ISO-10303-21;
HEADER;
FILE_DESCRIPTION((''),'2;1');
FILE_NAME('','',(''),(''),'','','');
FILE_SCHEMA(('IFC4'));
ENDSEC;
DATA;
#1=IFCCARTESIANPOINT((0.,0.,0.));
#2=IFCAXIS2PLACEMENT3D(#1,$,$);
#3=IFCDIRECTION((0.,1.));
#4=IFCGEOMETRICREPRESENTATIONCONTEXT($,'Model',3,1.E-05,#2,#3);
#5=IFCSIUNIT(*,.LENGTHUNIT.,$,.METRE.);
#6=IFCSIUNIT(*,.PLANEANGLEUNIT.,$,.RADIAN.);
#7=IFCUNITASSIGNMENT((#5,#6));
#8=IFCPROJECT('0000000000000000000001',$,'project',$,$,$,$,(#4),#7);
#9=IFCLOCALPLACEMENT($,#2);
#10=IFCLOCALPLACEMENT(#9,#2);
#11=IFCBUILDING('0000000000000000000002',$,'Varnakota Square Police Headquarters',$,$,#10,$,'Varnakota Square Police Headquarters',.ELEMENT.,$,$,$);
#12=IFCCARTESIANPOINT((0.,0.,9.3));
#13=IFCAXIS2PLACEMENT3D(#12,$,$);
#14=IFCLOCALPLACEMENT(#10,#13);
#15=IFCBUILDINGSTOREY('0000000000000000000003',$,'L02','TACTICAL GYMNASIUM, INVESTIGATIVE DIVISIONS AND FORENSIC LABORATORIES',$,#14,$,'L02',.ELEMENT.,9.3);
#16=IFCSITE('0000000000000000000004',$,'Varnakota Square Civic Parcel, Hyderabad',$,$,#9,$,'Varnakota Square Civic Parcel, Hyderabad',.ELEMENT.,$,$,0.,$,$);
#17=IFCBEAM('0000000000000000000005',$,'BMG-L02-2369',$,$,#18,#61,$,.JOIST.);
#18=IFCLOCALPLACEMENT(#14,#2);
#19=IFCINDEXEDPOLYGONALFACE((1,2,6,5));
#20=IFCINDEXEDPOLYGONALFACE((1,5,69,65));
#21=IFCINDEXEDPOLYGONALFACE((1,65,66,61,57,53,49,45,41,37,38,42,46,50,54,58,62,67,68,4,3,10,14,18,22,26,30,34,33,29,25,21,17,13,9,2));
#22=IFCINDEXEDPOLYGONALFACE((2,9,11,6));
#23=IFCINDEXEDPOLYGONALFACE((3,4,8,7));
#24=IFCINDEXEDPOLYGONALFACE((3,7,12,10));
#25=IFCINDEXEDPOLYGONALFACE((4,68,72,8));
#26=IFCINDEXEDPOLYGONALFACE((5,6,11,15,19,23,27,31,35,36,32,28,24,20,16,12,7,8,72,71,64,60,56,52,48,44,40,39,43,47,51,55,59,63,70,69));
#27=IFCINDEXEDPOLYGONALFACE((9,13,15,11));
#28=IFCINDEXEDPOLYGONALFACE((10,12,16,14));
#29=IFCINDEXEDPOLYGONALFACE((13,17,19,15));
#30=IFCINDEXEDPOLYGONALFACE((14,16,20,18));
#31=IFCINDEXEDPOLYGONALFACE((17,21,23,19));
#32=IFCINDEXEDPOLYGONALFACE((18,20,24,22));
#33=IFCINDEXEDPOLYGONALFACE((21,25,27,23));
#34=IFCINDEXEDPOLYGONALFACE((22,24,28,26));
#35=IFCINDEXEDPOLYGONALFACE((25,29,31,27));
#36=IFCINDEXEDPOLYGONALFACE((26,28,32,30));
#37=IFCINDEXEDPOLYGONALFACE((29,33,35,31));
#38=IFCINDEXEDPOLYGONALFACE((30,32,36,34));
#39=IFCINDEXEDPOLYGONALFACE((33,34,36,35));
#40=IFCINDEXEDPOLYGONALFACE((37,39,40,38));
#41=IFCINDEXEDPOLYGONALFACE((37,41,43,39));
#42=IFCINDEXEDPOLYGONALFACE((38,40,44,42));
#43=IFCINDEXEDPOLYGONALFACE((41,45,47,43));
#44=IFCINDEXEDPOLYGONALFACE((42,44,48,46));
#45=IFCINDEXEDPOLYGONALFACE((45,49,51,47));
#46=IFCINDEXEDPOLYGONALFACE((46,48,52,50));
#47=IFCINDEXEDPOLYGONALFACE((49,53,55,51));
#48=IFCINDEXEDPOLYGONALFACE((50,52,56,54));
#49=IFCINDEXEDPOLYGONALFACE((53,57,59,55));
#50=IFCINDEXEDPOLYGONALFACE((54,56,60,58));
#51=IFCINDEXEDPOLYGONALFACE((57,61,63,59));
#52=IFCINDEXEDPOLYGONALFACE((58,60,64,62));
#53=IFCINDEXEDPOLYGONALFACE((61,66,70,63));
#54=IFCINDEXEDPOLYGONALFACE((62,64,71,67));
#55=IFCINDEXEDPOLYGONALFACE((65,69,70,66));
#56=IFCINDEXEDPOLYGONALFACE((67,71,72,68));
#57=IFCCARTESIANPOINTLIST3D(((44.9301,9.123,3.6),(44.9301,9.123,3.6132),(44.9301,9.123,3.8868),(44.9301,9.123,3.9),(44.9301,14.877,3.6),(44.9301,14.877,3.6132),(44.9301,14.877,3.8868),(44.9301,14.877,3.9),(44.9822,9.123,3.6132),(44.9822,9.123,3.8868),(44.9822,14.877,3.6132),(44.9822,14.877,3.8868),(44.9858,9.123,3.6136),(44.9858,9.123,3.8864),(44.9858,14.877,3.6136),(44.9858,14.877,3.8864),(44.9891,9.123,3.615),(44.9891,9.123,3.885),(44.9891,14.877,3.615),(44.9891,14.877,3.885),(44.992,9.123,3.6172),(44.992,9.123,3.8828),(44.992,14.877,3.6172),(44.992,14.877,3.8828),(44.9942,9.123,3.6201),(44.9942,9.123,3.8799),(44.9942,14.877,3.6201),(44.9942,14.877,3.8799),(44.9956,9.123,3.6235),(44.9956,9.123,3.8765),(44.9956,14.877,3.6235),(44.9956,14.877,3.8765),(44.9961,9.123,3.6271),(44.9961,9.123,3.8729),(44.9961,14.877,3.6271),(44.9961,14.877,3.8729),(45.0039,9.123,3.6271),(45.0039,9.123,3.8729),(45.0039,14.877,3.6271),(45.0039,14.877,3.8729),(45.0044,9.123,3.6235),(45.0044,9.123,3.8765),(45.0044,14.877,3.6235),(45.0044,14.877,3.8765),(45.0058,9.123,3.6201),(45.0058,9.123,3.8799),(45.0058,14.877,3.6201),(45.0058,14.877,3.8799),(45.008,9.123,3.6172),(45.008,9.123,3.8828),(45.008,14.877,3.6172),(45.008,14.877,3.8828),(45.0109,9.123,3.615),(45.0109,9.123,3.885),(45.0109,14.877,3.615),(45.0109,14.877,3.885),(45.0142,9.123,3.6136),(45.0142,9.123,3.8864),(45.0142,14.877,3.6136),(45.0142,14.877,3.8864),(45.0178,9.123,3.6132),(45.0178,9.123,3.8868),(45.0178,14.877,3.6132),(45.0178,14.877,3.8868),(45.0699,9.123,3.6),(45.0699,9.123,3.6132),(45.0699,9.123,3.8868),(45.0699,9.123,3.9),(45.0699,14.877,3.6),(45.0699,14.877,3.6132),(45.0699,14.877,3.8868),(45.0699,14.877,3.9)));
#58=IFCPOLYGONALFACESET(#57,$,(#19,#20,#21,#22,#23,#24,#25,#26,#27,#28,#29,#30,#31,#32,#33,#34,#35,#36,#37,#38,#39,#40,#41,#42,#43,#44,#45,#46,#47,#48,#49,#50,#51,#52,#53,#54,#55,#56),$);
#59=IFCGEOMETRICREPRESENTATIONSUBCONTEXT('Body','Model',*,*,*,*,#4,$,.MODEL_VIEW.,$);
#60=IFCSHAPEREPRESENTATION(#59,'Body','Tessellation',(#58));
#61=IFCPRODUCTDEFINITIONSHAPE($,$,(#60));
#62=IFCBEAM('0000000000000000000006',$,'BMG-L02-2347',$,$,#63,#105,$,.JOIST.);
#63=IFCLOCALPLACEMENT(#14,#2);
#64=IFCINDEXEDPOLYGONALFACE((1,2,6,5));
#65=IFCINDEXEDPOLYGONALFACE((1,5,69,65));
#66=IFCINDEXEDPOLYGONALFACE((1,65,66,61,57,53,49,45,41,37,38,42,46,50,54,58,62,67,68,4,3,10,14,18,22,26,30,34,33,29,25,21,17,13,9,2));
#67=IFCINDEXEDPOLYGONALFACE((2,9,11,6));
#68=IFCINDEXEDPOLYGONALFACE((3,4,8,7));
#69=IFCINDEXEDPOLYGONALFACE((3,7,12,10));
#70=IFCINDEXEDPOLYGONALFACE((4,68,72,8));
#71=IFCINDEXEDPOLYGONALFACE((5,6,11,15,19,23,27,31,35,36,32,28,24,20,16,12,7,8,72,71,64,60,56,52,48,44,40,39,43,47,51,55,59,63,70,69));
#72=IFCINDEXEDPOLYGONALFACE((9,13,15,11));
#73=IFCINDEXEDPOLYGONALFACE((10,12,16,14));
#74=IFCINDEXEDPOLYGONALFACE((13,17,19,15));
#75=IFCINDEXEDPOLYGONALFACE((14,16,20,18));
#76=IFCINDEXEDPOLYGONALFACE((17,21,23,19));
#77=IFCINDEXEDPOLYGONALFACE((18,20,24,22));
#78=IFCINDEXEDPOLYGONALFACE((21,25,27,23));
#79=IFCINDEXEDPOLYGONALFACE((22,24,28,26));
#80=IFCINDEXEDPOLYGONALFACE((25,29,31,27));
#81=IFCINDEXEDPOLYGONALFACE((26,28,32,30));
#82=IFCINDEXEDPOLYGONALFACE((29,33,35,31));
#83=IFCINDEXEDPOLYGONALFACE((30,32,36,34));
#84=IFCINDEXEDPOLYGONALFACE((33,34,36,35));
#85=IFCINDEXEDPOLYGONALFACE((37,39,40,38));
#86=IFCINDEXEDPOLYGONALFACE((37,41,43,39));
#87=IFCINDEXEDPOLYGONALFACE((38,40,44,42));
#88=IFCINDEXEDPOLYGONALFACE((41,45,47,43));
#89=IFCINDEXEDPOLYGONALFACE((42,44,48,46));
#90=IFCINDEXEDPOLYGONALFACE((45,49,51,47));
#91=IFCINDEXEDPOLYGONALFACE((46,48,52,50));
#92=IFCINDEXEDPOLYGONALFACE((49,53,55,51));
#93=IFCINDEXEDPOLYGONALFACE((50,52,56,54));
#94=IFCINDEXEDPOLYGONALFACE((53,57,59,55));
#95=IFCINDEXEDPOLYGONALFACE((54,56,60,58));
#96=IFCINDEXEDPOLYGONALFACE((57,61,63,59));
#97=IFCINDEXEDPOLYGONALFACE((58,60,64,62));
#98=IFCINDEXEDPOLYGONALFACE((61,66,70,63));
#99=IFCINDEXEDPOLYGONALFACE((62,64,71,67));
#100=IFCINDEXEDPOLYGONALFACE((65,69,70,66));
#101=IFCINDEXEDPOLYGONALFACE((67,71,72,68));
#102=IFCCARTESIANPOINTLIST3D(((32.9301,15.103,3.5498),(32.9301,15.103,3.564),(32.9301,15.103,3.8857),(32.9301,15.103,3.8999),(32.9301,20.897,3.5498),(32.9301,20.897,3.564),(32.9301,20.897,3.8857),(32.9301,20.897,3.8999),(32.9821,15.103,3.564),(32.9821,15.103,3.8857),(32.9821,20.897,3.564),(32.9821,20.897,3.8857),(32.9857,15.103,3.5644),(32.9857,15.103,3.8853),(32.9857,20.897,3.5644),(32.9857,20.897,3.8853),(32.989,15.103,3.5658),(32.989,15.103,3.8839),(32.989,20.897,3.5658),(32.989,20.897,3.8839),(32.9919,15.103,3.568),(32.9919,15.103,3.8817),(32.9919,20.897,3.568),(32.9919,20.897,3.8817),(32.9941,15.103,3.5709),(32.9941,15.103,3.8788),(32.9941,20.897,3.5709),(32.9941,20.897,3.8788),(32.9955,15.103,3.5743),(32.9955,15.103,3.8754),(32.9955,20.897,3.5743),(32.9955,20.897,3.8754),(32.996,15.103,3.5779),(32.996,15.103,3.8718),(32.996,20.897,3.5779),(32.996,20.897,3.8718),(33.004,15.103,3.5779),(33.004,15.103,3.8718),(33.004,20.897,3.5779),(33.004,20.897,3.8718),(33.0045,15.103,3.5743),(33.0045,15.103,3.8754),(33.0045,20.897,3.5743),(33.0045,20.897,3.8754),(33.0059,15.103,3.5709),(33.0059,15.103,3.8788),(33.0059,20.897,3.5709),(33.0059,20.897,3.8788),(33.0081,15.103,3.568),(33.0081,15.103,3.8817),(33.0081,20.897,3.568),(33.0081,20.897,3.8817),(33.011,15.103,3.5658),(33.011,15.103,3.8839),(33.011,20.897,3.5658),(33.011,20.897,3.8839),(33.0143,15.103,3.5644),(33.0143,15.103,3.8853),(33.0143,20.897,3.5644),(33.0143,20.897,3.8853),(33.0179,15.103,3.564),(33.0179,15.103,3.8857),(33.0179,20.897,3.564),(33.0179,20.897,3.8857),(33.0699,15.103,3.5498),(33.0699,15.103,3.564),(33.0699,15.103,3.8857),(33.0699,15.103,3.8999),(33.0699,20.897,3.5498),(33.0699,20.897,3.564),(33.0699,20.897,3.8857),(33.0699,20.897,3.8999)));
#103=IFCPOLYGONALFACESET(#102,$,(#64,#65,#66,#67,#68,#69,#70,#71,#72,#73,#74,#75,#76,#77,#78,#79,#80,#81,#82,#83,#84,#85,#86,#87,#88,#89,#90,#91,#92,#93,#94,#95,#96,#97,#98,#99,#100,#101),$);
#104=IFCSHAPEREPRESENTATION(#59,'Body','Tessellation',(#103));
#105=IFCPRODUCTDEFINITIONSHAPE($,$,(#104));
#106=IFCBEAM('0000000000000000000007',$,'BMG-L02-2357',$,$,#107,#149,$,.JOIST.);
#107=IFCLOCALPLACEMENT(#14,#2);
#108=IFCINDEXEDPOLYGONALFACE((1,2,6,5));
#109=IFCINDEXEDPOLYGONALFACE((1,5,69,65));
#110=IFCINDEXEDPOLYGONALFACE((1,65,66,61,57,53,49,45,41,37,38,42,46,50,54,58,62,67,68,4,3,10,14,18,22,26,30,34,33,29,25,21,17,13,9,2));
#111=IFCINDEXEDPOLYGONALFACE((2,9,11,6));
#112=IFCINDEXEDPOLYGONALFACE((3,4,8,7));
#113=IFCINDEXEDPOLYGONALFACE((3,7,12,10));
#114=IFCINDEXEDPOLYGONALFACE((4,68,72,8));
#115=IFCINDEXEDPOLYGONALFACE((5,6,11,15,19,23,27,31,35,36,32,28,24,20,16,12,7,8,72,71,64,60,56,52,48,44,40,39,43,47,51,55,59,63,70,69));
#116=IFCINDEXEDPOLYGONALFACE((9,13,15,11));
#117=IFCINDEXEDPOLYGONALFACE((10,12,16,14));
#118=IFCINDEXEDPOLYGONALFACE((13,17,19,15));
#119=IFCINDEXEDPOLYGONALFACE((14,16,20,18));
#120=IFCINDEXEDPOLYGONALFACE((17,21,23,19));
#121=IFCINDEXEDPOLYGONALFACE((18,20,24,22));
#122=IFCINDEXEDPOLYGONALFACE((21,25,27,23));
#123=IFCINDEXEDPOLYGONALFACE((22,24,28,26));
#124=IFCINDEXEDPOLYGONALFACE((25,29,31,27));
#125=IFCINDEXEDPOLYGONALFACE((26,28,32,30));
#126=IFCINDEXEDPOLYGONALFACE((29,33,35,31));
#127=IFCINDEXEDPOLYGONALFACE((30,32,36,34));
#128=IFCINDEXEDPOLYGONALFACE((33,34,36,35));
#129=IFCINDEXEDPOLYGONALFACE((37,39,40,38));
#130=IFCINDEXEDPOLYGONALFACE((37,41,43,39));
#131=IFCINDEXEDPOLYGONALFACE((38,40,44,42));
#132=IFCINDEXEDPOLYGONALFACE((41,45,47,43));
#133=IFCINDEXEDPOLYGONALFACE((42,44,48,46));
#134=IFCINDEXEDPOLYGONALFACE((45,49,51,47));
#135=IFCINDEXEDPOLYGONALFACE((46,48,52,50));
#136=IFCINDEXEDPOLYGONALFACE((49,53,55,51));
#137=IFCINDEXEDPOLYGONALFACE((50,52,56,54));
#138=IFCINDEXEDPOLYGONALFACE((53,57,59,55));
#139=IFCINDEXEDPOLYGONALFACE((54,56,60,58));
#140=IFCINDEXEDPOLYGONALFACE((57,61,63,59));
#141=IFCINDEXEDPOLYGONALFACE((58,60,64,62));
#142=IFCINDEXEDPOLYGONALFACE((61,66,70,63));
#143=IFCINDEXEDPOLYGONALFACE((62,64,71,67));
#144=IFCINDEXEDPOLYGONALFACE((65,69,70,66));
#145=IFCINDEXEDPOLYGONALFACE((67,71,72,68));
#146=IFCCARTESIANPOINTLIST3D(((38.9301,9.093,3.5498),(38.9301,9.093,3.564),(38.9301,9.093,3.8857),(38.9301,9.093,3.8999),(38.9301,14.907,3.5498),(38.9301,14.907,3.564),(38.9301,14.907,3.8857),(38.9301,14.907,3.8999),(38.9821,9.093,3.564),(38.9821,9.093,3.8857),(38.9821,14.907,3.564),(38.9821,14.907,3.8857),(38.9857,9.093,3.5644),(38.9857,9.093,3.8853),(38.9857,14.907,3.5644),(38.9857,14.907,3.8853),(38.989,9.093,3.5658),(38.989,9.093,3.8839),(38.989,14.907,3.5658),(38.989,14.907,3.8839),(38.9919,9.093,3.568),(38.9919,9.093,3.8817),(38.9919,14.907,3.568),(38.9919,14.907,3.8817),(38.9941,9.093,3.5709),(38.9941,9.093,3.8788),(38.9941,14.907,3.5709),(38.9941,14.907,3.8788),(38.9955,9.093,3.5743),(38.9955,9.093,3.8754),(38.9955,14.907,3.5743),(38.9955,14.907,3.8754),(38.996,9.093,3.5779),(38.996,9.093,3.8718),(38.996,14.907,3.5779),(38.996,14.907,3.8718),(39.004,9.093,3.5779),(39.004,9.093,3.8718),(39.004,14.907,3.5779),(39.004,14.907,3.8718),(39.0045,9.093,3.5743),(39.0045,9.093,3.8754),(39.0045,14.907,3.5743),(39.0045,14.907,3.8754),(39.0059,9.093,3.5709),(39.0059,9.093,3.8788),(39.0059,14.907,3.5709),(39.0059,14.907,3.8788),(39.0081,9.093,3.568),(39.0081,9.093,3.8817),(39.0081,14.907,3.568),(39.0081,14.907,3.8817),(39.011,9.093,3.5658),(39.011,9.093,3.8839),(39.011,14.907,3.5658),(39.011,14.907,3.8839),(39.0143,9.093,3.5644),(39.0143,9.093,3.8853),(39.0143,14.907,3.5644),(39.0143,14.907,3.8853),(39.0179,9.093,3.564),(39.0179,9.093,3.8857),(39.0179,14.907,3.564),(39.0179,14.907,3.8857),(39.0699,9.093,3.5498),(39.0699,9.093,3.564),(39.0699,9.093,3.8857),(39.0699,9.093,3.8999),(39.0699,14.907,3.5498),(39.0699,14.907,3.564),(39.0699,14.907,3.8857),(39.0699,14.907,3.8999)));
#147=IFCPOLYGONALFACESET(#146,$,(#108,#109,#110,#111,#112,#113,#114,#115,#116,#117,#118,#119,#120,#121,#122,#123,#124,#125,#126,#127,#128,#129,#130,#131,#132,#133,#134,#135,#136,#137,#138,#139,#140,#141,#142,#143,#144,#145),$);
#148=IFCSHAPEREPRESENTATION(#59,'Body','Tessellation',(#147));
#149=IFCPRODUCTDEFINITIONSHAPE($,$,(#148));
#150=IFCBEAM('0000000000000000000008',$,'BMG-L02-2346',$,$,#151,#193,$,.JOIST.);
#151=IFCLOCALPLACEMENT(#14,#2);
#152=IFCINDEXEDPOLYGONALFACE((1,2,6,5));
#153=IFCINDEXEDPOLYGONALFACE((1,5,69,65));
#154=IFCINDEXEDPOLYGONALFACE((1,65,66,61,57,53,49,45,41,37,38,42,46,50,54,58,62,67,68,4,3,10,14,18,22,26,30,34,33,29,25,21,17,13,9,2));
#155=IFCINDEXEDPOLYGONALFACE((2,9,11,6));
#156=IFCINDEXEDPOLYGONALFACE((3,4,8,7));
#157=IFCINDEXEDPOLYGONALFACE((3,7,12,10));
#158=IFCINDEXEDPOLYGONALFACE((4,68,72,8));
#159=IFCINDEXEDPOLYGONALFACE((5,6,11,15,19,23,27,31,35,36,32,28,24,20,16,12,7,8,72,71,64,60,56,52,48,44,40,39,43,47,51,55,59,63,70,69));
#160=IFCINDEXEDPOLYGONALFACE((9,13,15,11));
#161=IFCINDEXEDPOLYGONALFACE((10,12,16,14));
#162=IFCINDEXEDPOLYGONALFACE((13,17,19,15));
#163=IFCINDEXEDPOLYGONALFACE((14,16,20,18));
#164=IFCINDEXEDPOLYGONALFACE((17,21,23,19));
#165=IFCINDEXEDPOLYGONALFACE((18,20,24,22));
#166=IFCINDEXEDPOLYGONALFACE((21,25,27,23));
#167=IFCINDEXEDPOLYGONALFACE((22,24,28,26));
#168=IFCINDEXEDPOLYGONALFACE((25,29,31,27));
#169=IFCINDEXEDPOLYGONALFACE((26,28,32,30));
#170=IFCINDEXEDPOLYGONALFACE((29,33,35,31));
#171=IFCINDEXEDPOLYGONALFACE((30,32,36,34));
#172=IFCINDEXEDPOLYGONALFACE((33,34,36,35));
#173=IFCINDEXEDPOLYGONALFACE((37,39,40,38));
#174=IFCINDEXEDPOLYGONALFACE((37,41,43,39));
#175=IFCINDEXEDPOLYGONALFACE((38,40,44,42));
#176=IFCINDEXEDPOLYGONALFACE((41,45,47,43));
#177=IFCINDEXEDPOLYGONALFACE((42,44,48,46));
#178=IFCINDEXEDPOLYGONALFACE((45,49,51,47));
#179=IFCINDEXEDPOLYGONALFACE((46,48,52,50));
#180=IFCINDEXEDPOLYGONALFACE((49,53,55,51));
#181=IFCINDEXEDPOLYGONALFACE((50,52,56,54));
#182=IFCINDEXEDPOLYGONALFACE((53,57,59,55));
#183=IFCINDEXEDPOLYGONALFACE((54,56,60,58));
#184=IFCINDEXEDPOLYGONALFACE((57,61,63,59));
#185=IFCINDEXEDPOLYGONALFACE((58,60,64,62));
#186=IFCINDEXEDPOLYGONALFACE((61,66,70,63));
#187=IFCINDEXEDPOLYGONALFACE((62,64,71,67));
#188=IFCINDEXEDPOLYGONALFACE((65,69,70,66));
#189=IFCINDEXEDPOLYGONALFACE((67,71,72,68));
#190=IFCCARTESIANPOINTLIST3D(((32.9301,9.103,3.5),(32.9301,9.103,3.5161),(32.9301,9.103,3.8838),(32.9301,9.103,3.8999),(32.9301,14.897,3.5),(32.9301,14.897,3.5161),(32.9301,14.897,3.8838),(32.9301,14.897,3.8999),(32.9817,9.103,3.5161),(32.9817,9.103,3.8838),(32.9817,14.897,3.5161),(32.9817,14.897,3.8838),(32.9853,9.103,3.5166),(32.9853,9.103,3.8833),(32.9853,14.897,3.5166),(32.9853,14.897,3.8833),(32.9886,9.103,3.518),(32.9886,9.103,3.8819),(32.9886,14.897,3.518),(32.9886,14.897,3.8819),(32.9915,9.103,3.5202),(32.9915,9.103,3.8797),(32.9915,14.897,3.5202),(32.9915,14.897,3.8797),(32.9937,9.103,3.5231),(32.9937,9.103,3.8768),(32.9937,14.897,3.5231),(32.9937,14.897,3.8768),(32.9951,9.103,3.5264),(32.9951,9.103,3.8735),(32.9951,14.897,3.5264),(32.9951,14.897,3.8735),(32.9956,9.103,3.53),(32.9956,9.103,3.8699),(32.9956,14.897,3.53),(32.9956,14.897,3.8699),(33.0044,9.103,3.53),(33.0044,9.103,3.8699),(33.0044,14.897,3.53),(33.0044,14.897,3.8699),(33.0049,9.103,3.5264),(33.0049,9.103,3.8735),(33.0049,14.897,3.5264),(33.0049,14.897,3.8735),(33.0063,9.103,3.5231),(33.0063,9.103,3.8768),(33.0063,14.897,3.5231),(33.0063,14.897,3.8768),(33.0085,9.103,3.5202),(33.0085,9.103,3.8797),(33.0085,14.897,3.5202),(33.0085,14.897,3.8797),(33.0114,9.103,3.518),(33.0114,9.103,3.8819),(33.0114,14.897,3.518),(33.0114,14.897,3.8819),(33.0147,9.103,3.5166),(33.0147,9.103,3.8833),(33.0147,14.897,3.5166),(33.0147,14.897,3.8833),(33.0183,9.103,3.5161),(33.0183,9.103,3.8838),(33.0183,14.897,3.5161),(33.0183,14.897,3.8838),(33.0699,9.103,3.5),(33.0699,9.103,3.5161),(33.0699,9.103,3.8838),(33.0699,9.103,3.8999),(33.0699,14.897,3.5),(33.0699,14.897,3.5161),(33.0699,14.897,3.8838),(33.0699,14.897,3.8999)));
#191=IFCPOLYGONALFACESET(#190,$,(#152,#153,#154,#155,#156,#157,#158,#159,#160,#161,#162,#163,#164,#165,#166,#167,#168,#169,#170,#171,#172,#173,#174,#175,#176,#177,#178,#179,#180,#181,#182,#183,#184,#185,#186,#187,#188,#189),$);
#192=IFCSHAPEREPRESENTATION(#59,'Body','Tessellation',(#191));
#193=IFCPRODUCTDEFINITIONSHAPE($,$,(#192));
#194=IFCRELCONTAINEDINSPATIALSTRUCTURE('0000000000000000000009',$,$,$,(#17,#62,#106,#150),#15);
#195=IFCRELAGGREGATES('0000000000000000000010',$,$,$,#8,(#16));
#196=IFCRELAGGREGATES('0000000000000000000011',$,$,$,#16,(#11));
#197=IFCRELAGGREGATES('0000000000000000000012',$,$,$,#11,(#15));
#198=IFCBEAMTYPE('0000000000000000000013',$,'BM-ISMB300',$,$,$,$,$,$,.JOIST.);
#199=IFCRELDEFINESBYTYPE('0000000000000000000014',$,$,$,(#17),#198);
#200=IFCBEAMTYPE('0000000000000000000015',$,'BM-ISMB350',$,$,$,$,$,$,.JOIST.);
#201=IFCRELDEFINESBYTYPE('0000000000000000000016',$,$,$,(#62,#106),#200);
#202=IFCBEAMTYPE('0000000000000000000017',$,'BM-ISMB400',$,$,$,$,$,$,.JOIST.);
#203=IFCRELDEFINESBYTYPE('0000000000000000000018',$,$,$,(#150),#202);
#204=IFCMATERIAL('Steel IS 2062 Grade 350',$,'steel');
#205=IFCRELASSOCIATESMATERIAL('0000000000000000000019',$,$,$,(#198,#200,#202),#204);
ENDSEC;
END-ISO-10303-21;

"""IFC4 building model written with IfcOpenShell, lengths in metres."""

from ifc_helpers import new_model, si_unit, direction, frame, origin, origin_2d, place, context, subcontext, project, spatial, i_section, extrude, material, material_profile, profile_set, type_object, element, save


model = new_model("IFC4")

# Units and contexts
model_context = context("Model", 3, precision=1e-05, world=origin(), true_north=direction((0.0, 1.0)))
body_context = subcontext(model_context, "Body", "Model", "MODEL_VIEW")
ifc_project = project(units=[si_unit("LENGTHUNIT", "METRE"), si_unit("PLANEANGLEUNIT", "RADIAN")], contexts=[model_context])

# Site, building, storey
site_placement = place(None, origin())
site = spatial("IfcSite", under=ifc_project, at=site_placement, Name="Varnakota Square Civic Parcel, Hyderabad", LongName="Varnakota Square Civic Parcel, Hyderabad", CompositionType="ELEMENT", RefElevation=0.0)
building_placement = place(site_placement, origin())
building = spatial("IfcBuilding", under=site, at=building_placement, Name="Varnakota Square Police Headquarters", LongName="Varnakota Square Police Headquarters", CompositionType="ELEMENT")
storey_placement = place(building_placement, frame((0.0, 0.0, 9.3)))
storey = spatial("IfcBuildingStorey", under=building, at=storey_placement, Name="L02", Description="TACTICAL GYMNASIUM, INVESTIGATIVE DIVISIONS AND FORENSIC LABORATORIES", LongName="L02", CompositionType="ELEMENT", Elevation=9.3)

# Shared definitions
ifc_material_1 = material(Name="Steel IS 2062 Grade 350", Category="steel")

# Beams
ifc_material_profile_1 = material_profile(ifc_material_1, i_section(OverallWidth=0.1399, OverallDepth=0.3, WebThickness=0.0078, FlangeThickness=0.0132, FilletRadius=0.0139, at=origin_2d()), Name="ISMB 300")
ifc_profile_set_1 = profile_set([ifc_material_profile_1], Name="Steel IS 2062 Grade 350")
beam_type_1 = type_object("IfcBeamType", Name="BM-ISMB300", PredefinedType="JOIST", material=ifc_profile_set_1)
beam_1_placement = place(storey_placement, frame((45.0, 9.123, 3.75), z_axis=(0.0, 1.0, 0.0), x_axis=(-1.0, 0.0, 0.0)))
element("IfcBeam", 1, at=beam_1_placement, inside=storey, type_object=beam_type_1, Name="BMG-L02-2369", PredefinedType="JOIST", context=body_context, shape_type="SweptSolid", body=[
    extrude(i_section(OverallWidth=0.1399, OverallDepth=0.3, WebThickness=0.0078, FlangeThickness=0.0132, FilletRadius=0.0139, at=origin_2d()), origin(), (0.0, 0.0, 1.0), 5.7539),
])
ifc_material_profile_2 = material_profile(ifc_material_1, i_section(OverallWidth=0.1399, OverallDepth=0.3501, WebThickness=0.0081, FlangeThickness=0.0142, FilletRadius=0.0139, at=origin_2d()), Name="ISMB 350")
ifc_profile_set_2 = profile_set([ifc_material_profile_2], Name="Steel IS 2062 Grade 350")
beam_type_2 = type_object("IfcBeamType", Name="BM-ISMB350", PredefinedType="JOIST", material=ifc_profile_set_2)
beam_2_placement = place(storey_placement, frame((33.0, 15.103, 3.7249), z_axis=(0.0, 1.0, 0.0), x_axis=(-1.0, 0.0, 0.0)))
element("IfcBeam", 2, at=beam_2_placement, inside=storey, type_object=beam_type_2, Name="BMG-L02-2347", PredefinedType="JOIST", context=body_context, shape_type="SweptSolid", body=[
    extrude(i_section(OverallWidth=0.1399, OverallDepth=0.3501, WebThickness=0.0081, FlangeThickness=0.0142, FilletRadius=0.0139, at=origin_2d()), origin(), (0.0, 0.0, 1.0), 5.7939),
])
beam_3_placement = place(storey_placement, frame((39.0, 9.093, 3.7249), z_axis=(0.0, 1.0, 0.0), x_axis=(-1.0, 0.0, 0.0)))
element("IfcBeam", 3, at=beam_3_placement, inside=storey, type_object=beam_type_2, Name="BMG-L02-2357", PredefinedType="JOIST", context=body_context, shape_type="SweptSolid", body=[
    extrude(i_section(OverallWidth=0.1399, OverallDepth=0.3501, WebThickness=0.0081, FlangeThickness=0.0142, FilletRadius=0.0139, at=origin_2d()), origin(), (0.0, 0.0, 1.0), 5.814),
])
ifc_material_profile_3 = material_profile(ifc_material_1, i_section(OverallWidth=0.1399, OverallDepth=0.3999, WebThickness=0.0088, FlangeThickness=0.0161, FilletRadius=0.0139, at=origin_2d()), Name="ISMB 400")
ifc_profile_set_3 = profile_set([ifc_material_profile_3], Name="Steel IS 2062 Grade 350")
beam_type_3 = type_object("IfcBeamType", Name="BM-ISMB400", PredefinedType="JOIST", material=ifc_profile_set_3)
beam_4_placement = place(storey_placement, frame((33.0, 9.103, 3.7), z_axis=(0.0, 1.0, 0.0), x_axis=(-1.0, 0.0, 0.0)))
element("IfcBeam", 4, at=beam_4_placement, inside=storey, type_object=beam_type_3, Name="BMG-L02-2346", PredefinedType="JOIST", context=body_context, shape_type="SweptSolid", body=[
    extrude(i_section(OverallWidth=0.1399, OverallDepth=0.3999, WebThickness=0.0088, FlangeThickness=0.0161, FilletRadius=0.0139, at=origin_2d()), origin(), (0.0, 0.0, 1.0), 5.7939),
])

save(model, "model.ifc")
